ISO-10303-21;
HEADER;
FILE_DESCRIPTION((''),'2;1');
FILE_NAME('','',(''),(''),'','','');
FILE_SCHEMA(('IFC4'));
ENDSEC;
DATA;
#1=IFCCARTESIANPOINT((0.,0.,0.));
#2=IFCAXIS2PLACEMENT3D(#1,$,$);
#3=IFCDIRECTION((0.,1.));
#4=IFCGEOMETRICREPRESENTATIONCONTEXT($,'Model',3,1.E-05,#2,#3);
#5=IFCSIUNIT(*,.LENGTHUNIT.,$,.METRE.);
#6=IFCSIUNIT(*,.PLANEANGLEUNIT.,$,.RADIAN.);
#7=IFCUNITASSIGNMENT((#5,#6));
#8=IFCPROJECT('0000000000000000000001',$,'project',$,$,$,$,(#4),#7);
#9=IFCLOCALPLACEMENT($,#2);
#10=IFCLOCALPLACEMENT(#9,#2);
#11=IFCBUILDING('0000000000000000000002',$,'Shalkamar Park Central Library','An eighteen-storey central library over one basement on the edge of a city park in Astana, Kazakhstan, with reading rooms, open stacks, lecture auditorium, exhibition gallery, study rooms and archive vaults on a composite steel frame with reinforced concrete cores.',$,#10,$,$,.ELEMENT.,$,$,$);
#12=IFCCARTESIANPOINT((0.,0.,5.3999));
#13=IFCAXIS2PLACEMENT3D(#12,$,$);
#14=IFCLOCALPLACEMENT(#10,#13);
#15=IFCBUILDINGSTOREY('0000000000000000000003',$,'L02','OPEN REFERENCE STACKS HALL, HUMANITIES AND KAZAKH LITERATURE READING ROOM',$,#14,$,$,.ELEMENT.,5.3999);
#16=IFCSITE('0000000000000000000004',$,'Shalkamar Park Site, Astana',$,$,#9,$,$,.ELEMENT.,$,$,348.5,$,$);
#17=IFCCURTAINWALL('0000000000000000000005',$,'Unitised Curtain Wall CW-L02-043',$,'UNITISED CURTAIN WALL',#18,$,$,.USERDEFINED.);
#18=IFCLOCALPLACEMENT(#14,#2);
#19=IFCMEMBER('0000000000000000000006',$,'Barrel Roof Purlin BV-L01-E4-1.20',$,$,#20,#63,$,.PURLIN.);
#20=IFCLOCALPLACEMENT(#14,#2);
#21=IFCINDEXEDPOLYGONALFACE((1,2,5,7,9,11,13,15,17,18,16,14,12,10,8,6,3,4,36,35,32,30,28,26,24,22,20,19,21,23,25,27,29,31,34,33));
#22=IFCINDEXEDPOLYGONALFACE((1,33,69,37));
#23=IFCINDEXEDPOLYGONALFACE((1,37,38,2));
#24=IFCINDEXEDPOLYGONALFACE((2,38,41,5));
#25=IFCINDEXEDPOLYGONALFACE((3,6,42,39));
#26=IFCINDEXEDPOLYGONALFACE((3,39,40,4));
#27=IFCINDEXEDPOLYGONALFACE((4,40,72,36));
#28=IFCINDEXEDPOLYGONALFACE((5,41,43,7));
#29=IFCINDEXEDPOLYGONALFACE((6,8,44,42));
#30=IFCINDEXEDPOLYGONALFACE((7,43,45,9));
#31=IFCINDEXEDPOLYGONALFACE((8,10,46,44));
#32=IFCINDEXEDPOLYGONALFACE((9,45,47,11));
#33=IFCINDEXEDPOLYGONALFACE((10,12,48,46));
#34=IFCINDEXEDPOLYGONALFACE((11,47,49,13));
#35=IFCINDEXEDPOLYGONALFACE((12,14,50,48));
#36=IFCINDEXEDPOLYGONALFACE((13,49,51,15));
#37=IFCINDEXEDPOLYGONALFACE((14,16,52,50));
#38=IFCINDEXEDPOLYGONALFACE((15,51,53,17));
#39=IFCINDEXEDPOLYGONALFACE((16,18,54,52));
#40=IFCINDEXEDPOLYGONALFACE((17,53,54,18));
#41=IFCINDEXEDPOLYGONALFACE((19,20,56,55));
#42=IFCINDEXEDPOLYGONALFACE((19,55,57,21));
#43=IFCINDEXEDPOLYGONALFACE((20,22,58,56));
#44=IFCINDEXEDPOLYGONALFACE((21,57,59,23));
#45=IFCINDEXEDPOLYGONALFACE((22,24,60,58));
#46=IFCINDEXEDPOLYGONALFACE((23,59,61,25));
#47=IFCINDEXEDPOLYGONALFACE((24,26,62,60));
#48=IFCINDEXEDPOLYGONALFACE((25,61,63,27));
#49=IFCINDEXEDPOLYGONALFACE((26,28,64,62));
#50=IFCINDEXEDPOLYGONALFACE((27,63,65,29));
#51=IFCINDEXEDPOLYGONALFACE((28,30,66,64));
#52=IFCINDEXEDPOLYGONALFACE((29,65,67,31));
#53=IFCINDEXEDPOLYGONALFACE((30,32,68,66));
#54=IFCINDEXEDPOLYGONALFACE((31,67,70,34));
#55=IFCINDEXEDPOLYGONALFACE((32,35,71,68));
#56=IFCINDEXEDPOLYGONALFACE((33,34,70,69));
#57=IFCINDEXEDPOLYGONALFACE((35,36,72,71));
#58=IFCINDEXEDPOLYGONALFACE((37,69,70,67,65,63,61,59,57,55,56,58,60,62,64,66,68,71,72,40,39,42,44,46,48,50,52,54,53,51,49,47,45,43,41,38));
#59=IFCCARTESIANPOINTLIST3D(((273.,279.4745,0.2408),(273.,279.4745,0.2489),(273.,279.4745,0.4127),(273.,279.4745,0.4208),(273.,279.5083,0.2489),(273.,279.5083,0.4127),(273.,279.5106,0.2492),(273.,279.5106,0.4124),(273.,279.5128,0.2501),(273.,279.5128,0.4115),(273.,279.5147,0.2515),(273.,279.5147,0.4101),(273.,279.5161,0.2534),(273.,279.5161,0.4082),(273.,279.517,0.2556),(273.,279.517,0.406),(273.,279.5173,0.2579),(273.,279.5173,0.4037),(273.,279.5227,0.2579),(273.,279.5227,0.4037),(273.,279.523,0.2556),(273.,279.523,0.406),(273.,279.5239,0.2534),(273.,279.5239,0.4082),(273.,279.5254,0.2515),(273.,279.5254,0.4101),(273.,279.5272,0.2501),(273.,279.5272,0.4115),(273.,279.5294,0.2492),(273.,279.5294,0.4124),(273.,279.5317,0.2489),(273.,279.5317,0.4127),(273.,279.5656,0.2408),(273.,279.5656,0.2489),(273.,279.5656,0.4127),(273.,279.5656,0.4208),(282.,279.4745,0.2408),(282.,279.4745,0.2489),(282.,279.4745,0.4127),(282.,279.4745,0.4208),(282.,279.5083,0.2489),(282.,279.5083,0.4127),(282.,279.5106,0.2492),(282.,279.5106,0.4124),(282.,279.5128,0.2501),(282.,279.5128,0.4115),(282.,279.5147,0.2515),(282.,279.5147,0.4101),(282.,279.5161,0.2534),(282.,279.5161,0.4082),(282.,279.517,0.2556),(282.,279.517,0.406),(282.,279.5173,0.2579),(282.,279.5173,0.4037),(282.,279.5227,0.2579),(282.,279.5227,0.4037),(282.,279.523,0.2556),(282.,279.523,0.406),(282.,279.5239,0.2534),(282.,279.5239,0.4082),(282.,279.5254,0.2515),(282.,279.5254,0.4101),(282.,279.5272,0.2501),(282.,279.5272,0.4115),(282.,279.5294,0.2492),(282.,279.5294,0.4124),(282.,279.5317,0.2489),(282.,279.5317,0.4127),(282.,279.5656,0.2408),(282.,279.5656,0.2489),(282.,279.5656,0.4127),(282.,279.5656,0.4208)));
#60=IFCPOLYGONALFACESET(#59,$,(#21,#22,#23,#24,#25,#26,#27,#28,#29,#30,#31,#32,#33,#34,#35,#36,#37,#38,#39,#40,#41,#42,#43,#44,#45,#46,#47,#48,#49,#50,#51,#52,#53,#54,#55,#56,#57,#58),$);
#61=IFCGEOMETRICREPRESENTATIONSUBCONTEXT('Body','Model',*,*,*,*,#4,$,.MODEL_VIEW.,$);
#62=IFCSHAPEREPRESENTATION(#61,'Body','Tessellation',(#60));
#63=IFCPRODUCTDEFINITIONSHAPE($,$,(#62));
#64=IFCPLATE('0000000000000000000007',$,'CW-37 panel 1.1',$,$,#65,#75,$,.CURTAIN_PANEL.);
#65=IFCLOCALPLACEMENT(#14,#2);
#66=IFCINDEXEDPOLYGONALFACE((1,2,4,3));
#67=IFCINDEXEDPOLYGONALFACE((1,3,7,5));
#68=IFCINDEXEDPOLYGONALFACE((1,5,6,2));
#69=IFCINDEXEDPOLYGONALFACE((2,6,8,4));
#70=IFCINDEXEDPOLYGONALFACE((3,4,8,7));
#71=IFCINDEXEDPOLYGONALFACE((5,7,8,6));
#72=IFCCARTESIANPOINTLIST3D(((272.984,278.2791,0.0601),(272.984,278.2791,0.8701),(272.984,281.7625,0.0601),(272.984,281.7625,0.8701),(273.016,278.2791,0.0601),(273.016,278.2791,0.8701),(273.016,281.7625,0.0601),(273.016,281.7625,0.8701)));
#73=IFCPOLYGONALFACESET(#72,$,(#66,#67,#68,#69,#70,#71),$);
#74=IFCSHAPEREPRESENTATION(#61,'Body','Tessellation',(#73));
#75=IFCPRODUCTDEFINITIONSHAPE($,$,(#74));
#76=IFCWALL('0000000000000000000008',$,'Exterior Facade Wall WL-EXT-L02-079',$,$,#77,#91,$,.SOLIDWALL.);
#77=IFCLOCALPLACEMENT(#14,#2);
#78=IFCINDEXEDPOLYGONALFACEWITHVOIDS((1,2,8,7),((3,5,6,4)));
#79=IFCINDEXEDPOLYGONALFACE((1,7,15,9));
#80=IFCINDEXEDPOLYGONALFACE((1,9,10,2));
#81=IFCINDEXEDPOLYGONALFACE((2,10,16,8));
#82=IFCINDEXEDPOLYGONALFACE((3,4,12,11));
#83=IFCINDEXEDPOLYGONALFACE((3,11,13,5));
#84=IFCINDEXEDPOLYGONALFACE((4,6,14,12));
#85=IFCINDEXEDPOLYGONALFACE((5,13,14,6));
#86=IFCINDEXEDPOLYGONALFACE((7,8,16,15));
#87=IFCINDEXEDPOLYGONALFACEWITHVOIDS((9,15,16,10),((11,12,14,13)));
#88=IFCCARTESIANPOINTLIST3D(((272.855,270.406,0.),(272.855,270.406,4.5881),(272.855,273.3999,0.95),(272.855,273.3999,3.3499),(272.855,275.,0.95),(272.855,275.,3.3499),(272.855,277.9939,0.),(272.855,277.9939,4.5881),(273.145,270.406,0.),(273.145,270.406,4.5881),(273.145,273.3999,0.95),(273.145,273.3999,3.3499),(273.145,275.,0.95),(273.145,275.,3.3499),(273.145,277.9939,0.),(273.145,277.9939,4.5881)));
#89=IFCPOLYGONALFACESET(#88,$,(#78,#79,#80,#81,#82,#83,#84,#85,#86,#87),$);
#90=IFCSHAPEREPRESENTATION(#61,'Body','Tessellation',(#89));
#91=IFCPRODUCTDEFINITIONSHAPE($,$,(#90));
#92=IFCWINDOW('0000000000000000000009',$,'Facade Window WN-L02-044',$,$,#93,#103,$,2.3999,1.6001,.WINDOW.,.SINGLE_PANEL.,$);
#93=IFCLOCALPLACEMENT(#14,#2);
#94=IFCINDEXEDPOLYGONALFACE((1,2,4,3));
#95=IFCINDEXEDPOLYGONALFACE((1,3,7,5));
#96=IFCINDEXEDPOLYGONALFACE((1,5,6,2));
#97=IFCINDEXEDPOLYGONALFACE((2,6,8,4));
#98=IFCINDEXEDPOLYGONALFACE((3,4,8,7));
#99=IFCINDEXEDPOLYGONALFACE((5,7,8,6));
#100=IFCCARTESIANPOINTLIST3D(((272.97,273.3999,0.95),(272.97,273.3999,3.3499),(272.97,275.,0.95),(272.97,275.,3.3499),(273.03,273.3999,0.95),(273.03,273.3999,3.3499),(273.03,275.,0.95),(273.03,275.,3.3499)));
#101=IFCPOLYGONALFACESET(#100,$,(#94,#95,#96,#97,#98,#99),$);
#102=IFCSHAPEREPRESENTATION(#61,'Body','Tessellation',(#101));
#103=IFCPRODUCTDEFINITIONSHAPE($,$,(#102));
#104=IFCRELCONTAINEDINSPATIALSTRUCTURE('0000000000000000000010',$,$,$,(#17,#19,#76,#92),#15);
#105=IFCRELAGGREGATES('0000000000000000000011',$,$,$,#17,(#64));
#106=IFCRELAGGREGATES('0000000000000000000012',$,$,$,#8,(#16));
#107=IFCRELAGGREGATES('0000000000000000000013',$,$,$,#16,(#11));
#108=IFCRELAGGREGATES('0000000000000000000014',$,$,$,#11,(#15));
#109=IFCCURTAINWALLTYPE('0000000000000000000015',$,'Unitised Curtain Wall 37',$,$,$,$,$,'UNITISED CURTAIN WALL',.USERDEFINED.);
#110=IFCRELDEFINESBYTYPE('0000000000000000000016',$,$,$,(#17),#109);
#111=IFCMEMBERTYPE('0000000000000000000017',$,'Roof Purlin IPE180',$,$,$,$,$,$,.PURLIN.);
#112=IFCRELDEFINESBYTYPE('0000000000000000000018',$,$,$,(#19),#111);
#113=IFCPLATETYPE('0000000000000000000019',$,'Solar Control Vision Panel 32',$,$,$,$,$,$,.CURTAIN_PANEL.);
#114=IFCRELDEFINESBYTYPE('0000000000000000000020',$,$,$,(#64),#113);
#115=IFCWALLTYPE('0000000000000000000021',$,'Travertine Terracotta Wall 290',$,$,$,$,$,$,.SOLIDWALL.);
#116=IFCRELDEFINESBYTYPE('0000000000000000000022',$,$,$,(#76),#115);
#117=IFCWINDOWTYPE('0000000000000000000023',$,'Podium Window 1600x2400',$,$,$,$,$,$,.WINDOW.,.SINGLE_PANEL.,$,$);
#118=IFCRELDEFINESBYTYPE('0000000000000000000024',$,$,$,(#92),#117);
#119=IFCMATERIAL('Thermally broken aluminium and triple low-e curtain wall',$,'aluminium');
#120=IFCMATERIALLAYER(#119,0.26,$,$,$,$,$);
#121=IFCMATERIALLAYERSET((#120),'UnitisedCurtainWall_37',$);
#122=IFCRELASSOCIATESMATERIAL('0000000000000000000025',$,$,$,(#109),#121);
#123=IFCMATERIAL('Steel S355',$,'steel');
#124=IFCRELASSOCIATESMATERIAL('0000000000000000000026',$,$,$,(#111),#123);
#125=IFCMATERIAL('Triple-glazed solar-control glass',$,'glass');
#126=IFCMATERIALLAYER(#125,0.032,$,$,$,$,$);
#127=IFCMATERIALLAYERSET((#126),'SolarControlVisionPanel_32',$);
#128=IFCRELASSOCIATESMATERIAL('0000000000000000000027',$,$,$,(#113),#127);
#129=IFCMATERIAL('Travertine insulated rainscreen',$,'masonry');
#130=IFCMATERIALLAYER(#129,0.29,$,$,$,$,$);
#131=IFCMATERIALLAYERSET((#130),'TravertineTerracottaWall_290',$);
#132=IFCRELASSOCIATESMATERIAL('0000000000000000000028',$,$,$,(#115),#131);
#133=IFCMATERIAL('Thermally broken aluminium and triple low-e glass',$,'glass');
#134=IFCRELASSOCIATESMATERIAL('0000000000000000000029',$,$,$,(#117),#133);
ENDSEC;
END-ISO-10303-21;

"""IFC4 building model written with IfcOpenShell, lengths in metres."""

from ifc_helpers import new_model, si_unit, direction, frame, frame_2d, origin, origin_2d, place, context, subcontext, project, spatial, rectangle, i_section, extrude, material, layer, layer_set, material_profile, profile_set, type_object, element, fill, aggregate, save


model = new_model("IFC4")

# Units and contexts
model_context = context("Model", 3, precision=1e-05, world=origin(), true_north=direction((0.0, 1.0)))
body_context = subcontext(model_context, "Body", "Model", "MODEL_VIEW")
ifc_project = project(units=[si_unit("LENGTHUNIT", "METRE"), si_unit("PLANEANGLEUNIT", "RADIAN")], contexts=[model_context])

# Site, building, storey
site_placement = place(None, origin())
site = spatial("IfcSite", under=ifc_project, at=site_placement, Name="Shalkamar Park Site, Astana", CompositionType="ELEMENT", RefElevation=348.5)
building_placement = place(site_placement, origin())
building = spatial("IfcBuilding", under=site, at=building_placement, Name="Shalkamar Park Central Library", Description="An eighteen-storey central library over one basement on the edge of a city park in Astana, Kazakhstan, with reading rooms, open stacks, lecture auditorium, exhibition gallery, study rooms and archive vaults on a composite steel frame with reinforced concrete cores.", CompositionType="ELEMENT")
storey_placement = place(building_placement, frame((0.0, 0.0, 5.3999)))
storey = spatial("IfcBuildingStorey", under=building, at=storey_placement, Name="L02", Description="OPEN REFERENCE STACKS HALL, HUMANITIES AND KAZAKH LITERATURE READING ROOM", CompositionType="ELEMENT", Elevation=5.3999)

# Shared definitions
ifc_material_1 = material(Name="Steel S355", Category="steel")

# Curtain wall
ifc_material_2 = material(Name="Thermally broken aluminium and triple low-e curtain wall", Category="aluminium")
ifc_layer_1 = layer(ifc_material_2, 0.26)
ifc_layer_set_1 = layer_set([ifc_layer_1], Name="UnitisedCurtainWall_37")
curtain_wall_type = type_object("IfcCurtainWallType", Name="Unitised Curtain Wall 37", ElementType="UNITISED CURTAIN WALL", PredefinedType="USERDEFINED", material=ifc_layer_set_1)
curtain_wall_placement = place(storey_placement, origin())
curtain_wall = element("IfcCurtainWall", 1, at=curtain_wall_placement, inside=storey, type_object=curtain_wall_type, Name="Unitised Curtain Wall CW-L02-043", ObjectType="UNITISED CURTAIN WALL", PredefinedType="USERDEFINED")

# Member
ifc_material_profile_1 = material_profile(ifc_material_1, i_section(OverallWidth=0.0911, OverallDepth=0.1799, WebThickness=0.0054, FlangeThickness=0.0081, FilletRadius=0.009, at=origin_2d()), Name="IPE 180")
ifc_profile_set_1 = profile_set([ifc_material_profile_1], Name="Steel S355")
member_type_1 = type_object("IfcMemberType", Name="Roof Purlin IPE180", PredefinedType="PURLIN", material=ifc_profile_set_1)
member_1_placement = place(storey_placement, frame((273.0, 279.52, 0.3308), z_axis=(1.0, 0.0, 0.0), x_axis=(0.0, 1.0, 0.0)))
element("IfcMember", 2, at=member_1_placement, inside=storey, type_object=member_type_1, Name="Barrel Roof Purlin BV-L01-E4-1.20", PredefinedType="PURLIN", context=body_context, shape_type="SweptSolid", body=[
    extrude(i_section(OverallWidth=0.0911, OverallDepth=0.1799, WebThickness=0.0054, FlangeThickness=0.0081, FilletRadius=0.009, at=origin_2d()), origin(), (0.0, 0.0, 1.0), 9.0),
])

# Plate
ifc_material_3 = material(Name="Triple-glazed solar-control glass", Category="glass")
ifc_layer_2 = layer(ifc_material_3, 0.032)
ifc_layer_set_2 = layer_set([ifc_layer_2], Name="SolarControlVisionPanel_32")
plate_type = type_object("IfcPlateType", Name="Solar Control Vision Panel 32", PredefinedType="CURTAIN_PANEL", material=ifc_layer_set_2)
plate_placement = place(storey_placement, frame((273.0, 280.0208, 0.0601), z_axis=(0.0, 0.0, 1.0), x_axis=(0.0, 1.0, 0.0)))
plate = element("IfcPlate", 3, at=plate_placement, type_object=plate_type, Name="CW-37 panel 1.1", PredefinedType="CURTAIN_PANEL", context=body_context, shape_type="SweptSolid", body=[
    extrude(rectangle(XDim=3.4834, YDim=0.032, at=origin_2d()), origin(), (0.0, 0.0, 1.0), 0.8101),
])
aggregate(curtain_wall, [plate])

# Wall, opening, window
ifc_material_4 = material(Name="Travertine insulated rainscreen", Category="masonry")
ifc_layer_3 = layer(ifc_material_4, 0.29)
ifc_layer_set_3 = layer_set([ifc_layer_3], Name="TravertineTerracottaWall_290")
wall_type = type_object("IfcWallType", Name="Travertine Terracotta Wall 290", PredefinedType="SOLIDWALL", material=ifc_layer_set_3)
wall_placement = place(storey_placement, frame((273.0, 270.406, 0.0), z_axis=(0.0, 0.0, 1.0), x_axis=(0.0, 1.0, 0.0)))
wall = element("IfcWall", 4, at=wall_placement, inside=storey, type_object=wall_type, Name="Exterior Facade Wall WL-EXT-L02-079", PredefinedType="SOLIDWALL", context=body_context, shape_type="SweptSolid", body=[
    extrude(rectangle(XDim=7.5879, YDim=0.29, at=frame_2d((3.7939, 0.0))), origin(), (0.0, 0.0, 1.0), 4.5881),
])
opening_placement = place(wall_placement, frame((2.9939, 0.0, 0.95)))
opening = element("IfcOpeningElement", 5, at=opening_placement, cuts=wall, PredefinedType="OPENING", context=body_context, shape_type="SweptSolid", body=[
    extrude(rectangle(XDim=1.6001, YDim=2.3999, at=frame_2d((0.8, 1.2))), frame((0.0, 0.1599, 0.0), z_axis=(0.0, -1.0, 0.0), x_axis=(1.0, 0.0, 0.0)), (0.0, 0.0, 1.0), 0.3198),
])
ifc_material_5 = material(Name="Thermally broken aluminium and triple low-e glass", Category="glass")
window_type = type_object("IfcWindowType", Name="Podium Window 1600x2400", PartitioningType="SINGLE_PANEL", PredefinedType="WINDOW", material=ifc_material_5)
window_placement = place(opening_placement, origin())
window = element("IfcWindow", 6, at=window_placement, inside=storey, type_object=window_type, Name="Facade Window WN-L02-044", OverallHeight=2.3999, OverallWidth=1.6001, PartitioningType="SINGLE_PANEL", PredefinedType="WINDOW", context=body_context, shape_type="SweptSolid", body=[
    extrude(rectangle(XDim=1.6001, YDim=2.3999, at=frame_2d((0.8, 1.2))), frame((0.0, 0.03, 0.0), z_axis=(0.0, -1.0, 0.0), x_axis=(1.0, 0.0, 0.0)), (0.0, 0.0, 1.0), 0.0601),
])
fill(opening, window)

save(model, "model.ifc")
